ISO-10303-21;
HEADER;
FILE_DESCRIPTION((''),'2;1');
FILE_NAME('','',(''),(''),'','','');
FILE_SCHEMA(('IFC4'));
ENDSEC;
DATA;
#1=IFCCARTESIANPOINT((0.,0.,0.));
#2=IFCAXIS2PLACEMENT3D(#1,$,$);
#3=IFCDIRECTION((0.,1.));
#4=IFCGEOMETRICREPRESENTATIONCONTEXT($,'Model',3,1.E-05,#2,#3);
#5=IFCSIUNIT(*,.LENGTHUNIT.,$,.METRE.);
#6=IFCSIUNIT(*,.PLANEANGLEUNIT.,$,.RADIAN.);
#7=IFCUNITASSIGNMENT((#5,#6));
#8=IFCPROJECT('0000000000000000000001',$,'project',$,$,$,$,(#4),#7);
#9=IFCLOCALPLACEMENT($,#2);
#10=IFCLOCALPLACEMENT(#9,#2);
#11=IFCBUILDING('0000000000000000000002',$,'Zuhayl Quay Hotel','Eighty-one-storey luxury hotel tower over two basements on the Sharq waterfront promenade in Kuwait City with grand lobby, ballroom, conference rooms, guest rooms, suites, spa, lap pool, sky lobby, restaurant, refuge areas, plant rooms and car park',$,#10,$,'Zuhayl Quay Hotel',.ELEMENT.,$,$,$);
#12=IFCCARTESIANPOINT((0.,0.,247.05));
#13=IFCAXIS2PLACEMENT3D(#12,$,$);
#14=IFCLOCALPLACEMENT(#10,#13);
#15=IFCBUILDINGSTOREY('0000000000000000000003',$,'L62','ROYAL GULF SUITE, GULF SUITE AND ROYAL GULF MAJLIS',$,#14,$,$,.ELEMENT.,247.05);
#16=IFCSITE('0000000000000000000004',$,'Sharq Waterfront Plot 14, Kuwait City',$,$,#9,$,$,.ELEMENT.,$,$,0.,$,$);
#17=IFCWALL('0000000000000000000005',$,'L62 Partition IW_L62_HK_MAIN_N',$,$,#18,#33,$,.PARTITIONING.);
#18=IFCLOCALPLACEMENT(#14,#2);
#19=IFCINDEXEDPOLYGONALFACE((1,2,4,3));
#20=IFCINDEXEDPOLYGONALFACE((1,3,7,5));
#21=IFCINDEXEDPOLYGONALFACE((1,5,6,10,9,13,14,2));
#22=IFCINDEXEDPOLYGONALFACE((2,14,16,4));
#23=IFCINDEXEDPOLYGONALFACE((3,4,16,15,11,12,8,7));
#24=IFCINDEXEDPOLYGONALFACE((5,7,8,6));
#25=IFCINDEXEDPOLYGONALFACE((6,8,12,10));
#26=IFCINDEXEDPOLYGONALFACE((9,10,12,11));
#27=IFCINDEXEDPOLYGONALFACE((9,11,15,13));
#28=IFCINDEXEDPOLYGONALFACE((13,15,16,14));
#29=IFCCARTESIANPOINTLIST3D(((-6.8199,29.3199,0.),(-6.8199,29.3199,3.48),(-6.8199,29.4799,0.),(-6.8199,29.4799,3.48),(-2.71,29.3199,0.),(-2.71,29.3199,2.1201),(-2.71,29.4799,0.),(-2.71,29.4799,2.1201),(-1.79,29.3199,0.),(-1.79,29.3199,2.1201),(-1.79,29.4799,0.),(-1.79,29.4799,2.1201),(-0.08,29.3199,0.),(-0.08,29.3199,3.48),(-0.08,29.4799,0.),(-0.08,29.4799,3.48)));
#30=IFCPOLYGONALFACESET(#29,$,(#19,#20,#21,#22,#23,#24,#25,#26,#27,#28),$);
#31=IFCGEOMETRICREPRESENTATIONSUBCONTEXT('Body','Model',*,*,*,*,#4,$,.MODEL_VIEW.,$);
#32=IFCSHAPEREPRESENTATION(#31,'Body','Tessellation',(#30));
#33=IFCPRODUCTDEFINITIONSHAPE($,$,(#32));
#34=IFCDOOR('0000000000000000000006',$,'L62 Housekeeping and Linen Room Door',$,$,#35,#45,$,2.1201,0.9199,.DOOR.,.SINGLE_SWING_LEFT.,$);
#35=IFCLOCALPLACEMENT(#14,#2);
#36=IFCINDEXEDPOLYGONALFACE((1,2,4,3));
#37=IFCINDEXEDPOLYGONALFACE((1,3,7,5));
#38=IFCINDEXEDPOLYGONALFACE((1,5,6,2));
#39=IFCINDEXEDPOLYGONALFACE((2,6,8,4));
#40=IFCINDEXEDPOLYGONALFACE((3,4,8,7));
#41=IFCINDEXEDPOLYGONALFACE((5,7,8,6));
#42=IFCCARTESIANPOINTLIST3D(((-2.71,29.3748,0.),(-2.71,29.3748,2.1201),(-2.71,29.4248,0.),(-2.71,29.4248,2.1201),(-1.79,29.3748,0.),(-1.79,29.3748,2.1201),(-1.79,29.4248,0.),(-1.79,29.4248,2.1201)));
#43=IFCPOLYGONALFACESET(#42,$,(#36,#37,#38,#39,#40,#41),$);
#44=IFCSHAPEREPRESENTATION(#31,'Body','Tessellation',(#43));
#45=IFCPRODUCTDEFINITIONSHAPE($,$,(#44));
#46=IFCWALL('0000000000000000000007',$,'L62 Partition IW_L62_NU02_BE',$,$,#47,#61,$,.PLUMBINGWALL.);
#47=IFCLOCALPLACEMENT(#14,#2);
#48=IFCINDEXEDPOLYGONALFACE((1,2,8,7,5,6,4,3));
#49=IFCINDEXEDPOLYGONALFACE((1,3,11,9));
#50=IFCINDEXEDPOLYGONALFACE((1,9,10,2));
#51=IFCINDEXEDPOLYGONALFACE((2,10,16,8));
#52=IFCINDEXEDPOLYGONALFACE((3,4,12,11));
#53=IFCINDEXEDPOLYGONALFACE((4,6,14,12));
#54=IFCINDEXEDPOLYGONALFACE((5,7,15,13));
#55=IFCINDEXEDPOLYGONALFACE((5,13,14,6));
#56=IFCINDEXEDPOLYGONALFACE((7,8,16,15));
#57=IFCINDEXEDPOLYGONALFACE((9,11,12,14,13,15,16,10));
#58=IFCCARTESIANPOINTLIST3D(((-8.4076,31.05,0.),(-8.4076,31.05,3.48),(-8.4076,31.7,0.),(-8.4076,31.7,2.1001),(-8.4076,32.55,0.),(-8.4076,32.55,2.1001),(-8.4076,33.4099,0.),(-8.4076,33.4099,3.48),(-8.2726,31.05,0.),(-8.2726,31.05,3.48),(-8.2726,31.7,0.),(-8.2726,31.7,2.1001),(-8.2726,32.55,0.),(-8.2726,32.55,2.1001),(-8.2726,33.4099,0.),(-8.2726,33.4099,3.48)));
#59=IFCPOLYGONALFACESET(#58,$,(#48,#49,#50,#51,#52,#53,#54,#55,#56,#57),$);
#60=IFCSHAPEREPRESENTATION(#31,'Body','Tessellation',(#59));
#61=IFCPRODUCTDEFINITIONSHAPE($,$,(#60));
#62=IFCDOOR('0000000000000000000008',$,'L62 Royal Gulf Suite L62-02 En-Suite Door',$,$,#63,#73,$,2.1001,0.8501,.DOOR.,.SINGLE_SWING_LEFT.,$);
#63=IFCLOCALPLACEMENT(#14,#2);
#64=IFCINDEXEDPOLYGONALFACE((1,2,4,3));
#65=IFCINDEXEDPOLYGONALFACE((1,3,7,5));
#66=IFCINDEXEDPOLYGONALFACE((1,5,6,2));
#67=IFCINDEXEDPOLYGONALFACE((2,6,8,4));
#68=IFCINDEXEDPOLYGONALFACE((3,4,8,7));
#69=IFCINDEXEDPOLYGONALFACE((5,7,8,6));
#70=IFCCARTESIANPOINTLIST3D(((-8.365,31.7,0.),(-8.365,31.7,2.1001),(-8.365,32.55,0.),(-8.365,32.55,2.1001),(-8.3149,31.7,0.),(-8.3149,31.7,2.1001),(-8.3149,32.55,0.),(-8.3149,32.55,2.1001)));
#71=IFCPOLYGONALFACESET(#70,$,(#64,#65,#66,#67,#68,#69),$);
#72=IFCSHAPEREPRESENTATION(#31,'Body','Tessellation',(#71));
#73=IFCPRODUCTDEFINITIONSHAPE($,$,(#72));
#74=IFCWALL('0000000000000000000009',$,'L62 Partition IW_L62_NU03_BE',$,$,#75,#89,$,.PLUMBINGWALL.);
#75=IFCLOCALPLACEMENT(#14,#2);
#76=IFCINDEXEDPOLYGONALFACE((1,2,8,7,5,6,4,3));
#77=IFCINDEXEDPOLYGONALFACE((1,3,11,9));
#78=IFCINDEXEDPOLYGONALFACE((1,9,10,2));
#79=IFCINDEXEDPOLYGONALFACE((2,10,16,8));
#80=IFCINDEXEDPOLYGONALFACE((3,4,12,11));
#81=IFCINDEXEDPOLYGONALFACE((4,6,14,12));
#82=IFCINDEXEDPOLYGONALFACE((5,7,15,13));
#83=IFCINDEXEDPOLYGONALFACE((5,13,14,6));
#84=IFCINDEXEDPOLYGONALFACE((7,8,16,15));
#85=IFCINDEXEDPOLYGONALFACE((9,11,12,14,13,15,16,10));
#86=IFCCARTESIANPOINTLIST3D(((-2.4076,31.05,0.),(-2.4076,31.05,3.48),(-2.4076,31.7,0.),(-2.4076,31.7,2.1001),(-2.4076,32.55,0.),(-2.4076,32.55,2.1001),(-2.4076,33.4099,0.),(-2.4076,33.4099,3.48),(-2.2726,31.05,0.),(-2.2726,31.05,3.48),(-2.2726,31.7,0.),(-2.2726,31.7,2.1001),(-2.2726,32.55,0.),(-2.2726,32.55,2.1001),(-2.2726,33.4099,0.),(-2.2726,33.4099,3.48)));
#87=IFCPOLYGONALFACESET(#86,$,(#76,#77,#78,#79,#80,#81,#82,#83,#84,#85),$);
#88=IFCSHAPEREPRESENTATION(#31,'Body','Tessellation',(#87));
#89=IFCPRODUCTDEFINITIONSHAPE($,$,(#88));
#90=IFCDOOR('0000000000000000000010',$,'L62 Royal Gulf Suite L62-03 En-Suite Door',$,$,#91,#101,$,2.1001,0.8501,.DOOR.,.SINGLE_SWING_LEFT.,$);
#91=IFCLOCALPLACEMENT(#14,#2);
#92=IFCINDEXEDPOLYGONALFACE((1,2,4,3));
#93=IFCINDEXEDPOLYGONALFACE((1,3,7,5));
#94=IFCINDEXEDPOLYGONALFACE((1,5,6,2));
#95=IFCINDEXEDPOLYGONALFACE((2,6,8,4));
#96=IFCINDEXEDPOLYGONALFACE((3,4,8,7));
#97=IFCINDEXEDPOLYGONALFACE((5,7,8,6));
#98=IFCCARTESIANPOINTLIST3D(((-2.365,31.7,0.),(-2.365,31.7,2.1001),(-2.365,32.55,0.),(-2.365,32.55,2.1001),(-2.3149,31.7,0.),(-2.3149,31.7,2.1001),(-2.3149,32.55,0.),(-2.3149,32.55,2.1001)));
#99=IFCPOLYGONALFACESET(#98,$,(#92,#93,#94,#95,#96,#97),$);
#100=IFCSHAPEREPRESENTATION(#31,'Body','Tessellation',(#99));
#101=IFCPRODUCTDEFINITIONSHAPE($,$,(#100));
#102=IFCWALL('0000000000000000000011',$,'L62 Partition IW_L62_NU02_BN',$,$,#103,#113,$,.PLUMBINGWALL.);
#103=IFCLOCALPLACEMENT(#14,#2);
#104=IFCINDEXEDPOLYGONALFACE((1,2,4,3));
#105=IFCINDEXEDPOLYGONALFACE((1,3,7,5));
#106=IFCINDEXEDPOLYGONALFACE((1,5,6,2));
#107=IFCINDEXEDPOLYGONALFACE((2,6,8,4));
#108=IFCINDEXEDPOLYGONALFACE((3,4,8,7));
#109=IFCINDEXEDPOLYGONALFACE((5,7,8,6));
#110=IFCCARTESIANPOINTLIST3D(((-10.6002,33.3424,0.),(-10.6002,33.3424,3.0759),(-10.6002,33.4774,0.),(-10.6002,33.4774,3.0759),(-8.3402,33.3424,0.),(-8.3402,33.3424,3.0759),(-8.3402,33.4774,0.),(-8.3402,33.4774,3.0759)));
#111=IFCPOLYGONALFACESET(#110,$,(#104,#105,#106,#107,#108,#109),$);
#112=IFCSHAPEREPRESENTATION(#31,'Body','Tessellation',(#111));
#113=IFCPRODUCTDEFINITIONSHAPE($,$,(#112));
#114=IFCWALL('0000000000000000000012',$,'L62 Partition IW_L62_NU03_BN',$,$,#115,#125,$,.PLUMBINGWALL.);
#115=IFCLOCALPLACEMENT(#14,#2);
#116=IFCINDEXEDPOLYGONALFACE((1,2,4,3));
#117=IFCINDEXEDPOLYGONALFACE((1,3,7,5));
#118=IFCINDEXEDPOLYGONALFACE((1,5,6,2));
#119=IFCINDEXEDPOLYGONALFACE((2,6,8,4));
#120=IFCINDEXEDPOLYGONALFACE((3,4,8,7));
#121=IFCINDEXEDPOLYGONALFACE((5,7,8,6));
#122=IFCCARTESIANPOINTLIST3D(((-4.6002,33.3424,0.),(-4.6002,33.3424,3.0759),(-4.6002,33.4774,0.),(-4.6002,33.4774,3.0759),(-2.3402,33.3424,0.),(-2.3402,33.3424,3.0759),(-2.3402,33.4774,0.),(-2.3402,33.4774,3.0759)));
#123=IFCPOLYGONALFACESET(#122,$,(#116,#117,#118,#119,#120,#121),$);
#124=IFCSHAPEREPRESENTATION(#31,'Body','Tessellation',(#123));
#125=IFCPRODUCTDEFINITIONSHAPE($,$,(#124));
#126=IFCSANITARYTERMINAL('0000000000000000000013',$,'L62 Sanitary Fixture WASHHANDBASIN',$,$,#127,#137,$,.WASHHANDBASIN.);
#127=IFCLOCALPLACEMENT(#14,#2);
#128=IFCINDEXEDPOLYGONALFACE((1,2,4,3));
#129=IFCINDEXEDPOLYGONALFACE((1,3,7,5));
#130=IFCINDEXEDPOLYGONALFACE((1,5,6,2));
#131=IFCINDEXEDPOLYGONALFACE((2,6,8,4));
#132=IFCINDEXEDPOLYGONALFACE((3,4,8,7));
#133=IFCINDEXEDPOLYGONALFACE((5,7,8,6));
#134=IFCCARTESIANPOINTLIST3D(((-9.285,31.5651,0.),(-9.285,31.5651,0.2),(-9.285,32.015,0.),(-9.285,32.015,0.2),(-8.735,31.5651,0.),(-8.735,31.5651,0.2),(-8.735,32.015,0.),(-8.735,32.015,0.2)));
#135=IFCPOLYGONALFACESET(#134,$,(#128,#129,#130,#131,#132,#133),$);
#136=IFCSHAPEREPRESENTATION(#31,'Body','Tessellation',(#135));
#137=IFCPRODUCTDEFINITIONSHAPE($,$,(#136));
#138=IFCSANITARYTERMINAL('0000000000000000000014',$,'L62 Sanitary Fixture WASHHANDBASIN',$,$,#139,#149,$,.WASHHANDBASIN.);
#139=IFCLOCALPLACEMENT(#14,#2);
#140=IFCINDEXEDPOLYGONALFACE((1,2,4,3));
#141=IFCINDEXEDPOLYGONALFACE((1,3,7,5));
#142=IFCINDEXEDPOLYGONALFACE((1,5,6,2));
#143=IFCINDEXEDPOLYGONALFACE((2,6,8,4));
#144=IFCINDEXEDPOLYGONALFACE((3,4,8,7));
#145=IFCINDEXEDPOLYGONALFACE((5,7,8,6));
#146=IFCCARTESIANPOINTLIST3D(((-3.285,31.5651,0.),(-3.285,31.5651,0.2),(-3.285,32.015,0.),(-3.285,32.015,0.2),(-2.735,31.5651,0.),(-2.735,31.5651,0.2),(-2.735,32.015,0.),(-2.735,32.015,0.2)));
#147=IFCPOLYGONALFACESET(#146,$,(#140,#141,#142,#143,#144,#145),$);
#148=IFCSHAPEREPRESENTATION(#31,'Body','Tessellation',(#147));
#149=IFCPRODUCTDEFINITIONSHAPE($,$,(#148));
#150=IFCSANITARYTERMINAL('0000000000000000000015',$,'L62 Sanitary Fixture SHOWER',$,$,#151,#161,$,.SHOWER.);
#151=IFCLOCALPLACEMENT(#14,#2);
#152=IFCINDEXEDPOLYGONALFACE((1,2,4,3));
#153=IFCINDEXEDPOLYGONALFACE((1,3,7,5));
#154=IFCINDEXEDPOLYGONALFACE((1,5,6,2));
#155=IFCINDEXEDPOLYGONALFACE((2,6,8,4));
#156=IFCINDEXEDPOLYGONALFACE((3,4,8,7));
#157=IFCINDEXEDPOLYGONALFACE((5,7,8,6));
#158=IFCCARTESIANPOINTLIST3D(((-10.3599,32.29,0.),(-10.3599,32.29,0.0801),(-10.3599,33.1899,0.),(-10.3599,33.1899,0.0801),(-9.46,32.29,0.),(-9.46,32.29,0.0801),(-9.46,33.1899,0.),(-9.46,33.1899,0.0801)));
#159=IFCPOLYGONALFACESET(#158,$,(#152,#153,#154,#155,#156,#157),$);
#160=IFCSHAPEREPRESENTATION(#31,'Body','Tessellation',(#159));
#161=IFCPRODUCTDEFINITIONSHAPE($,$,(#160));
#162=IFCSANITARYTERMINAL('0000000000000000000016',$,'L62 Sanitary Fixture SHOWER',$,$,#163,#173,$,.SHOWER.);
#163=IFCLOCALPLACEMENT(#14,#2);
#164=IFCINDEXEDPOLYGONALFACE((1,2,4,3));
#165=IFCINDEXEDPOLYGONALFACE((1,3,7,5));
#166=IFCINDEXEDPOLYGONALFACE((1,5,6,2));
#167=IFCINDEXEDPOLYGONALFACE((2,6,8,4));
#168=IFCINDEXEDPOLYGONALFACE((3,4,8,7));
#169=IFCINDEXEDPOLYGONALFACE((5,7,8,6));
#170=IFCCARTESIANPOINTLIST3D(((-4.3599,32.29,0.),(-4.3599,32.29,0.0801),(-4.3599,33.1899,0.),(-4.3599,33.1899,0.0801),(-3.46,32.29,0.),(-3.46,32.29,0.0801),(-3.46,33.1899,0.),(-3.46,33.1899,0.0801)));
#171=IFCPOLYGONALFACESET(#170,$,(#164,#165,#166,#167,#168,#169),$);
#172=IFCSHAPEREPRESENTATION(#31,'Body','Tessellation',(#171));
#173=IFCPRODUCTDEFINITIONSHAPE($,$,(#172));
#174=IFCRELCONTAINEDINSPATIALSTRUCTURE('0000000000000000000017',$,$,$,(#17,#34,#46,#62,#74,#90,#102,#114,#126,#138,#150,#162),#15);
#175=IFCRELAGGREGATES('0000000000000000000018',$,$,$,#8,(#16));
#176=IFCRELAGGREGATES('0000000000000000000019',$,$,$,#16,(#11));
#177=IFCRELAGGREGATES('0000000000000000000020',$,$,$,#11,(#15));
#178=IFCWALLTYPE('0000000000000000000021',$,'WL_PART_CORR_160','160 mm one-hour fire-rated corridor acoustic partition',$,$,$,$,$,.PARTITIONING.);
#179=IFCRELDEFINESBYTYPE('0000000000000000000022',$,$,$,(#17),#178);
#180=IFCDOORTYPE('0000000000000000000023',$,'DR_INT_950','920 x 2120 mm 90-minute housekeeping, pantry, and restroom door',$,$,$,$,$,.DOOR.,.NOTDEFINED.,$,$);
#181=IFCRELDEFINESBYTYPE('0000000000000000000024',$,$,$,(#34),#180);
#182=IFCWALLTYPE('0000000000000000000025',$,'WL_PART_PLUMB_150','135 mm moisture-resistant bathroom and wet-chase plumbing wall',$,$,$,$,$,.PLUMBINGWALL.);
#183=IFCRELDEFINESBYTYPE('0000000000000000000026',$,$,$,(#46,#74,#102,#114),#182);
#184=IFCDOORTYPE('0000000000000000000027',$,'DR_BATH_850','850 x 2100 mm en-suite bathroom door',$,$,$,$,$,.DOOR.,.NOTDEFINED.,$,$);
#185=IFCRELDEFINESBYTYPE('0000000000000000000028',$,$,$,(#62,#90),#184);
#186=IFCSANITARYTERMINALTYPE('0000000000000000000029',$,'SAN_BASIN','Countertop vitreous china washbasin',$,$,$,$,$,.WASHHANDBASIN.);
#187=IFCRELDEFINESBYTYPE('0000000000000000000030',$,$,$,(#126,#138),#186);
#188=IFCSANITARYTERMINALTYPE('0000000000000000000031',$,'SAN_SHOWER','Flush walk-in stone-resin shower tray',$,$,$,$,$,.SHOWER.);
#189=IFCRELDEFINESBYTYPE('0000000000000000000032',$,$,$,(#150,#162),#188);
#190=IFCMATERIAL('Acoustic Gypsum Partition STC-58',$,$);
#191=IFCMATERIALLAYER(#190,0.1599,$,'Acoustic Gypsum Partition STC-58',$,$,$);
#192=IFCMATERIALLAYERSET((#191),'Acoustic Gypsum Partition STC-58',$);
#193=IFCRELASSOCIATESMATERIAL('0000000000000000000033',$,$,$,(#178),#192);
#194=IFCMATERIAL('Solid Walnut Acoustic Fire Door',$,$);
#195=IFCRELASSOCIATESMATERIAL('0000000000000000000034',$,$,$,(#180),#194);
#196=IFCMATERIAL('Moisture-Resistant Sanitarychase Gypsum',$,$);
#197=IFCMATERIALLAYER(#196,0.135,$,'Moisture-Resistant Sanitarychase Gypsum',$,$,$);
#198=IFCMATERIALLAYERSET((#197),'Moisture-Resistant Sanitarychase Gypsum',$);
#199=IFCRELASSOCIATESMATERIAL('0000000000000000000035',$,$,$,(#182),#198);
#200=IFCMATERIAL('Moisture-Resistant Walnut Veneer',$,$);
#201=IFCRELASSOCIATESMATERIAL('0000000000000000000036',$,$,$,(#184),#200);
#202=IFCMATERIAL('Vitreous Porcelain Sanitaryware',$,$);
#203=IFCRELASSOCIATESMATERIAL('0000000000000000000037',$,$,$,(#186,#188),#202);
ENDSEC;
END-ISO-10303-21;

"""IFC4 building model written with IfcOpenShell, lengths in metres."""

from ifc_helpers import new_model, si_unit, direction, frame, frame_2d, origin, origin_2d, place, context, subcontext, project, spatial, rectangle, extrude, material, layer, layer_set, type_object, element, fill, save


model = new_model("IFC4")

# Units and contexts
model_context = context("Model", 3, precision=1e-05, world=origin(), true_north=direction((0.0, 1.0)))
body_context = subcontext(model_context, "Body", "Model", "MODEL_VIEW")
ifc_project = project(units=[si_unit("LENGTHUNIT", "METRE"), si_unit("PLANEANGLEUNIT", "RADIAN")], contexts=[model_context])

# Site, building, storey
site_placement = place(None, origin())
site = spatial("IfcSite", under=ifc_project, at=site_placement, Name="Sharq Waterfront Plot 14, Kuwait City", CompositionType="ELEMENT", RefElevation=0.0)
building_placement = place(site_placement, origin())
building = spatial("IfcBuilding", under=site, at=building_placement, Name="Zuhayl Quay Hotel", Description="Eighty-one-storey luxury hotel tower over two basements on the Sharq waterfront promenade in Kuwait City with grand lobby, ballroom, conference rooms, guest rooms, suites, spa, lap pool, sky lobby, restaurant, refuge areas, plant rooms and car park", LongName="Zuhayl Quay Hotel", CompositionType="ELEMENT")
storey_placement = place(building_placement, frame((0.0, 0.0, 247.05)))
storey = spatial("IfcBuildingStorey", under=building, at=storey_placement, Name="L62", Description="ROYAL GULF SUITE, GULF SUITE AND ROYAL GULF MAJLIS", CompositionType="ELEMENT", Elevation=247.05)

# Shared definitions
ifc_material_1 = material(Name="Acoustic Gypsum Partition STC-58")

# Walls, openings, doors
ifc_layer_1 = layer(ifc_material_1, 0.1599, Name="Acoustic Gypsum Partition STC-58")
ifc_layer_set_1 = layer_set([ifc_layer_1], Name="Acoustic Gypsum Partition STC-58")
wall_type_1 = type_object("IfcWallType", Name="WL_PART_CORR_160", Description="160 mm one-hour fire-rated corridor acoustic partition", PredefinedType="PARTITIONING", material=ifc_layer_set_1)
ifc_material_2 = material(Name="Solid Walnut Acoustic Fire Door")
wall_1_placement = place(storey_placement, frame((-6.8201, 29.3999, 0.0), z_axis=(0.0, 0.0, 1.0), x_axis=(1.0, 0.0, 0.0)))
wall_1 = element("IfcWall", 1, at=wall_1_placement, inside=storey, type_object=wall_type_1, Name="L62 Partition IW_L62_HK_MAIN_N", PredefinedType="PARTITIONING", context=body_context, shape_type="SweptSolid", body=[
    extrude(rectangle(XDim=6.74, YDim=0.1599, at=frame_2d((3.3701, 0.0))), origin(), (0.0, 0.0, 1.0), 3.48),
])
opening_1_placement = place(wall_1_placement, frame((4.1101, 0.0, 0.0)))
opening_1 = element("IfcOpeningElement", 2, at=opening_1_placement, cuts=wall_1, PredefinedType="OPENING", context=body_context, shape_type="SweptSolid", body=[
    extrude(rectangle(XDim=0.9199, YDim=2.1201, at=frame_2d((0.46, 1.0601))), frame((0.0, 0.0898, 0.0), z_axis=(0.0, -1.0, 0.0), x_axis=(1.0, 0.0, 0.0)), (0.0, 0.0, 1.0), 0.1799),
])
door_type_1 = type_object("IfcDoorType", Name="DR_INT_950", Description="920 x 2120 mm 90-minute housekeeping, pantry, and restroom door", OperationType="NOTDEFINED", PredefinedType="DOOR", material=ifc_material_2)
door_1_placement = place(opening_1_placement, origin())
door_1 = element("IfcDoor", 3, at=door_1_placement, inside=storey, type_object=door_type_1, Name="L62 Housekeeping and Linen Room Door", OperationType="SINGLE_SWING_LEFT", OverallHeight=2.1201, OverallWidth=0.9199, PredefinedType="DOOR", context=body_context, shape_type="SweptSolid", body=[
    extrude(rectangle(XDim=0.9199, YDim=2.1201, at=frame_2d((0.46, 1.0601))), frame((0.0, 0.0249, 0.0), z_axis=(0.0, -1.0, 0.0), x_axis=(1.0, 0.0, 0.0)), (0.0, 0.0, 1.0), 0.05),
])
fill(opening_1, door_1)
ifc_material_3 = material(Name="Moisture-Resistant Sanitarychase Gypsum")
ifc_layer_2 = layer(ifc_material_3, 0.135, Name="Moisture-Resistant Sanitarychase Gypsum")
ifc_layer_set_2 = layer_set([ifc_layer_2], Name="Moisture-Resistant Sanitarychase Gypsum")
wall_type_2 = type_object("IfcWallType", Name="WL_PART_PLUMB_150", Description="135 mm moisture-resistant bathroom and wet-chase plumbing wall", PredefinedType="PLUMBINGWALL", material=ifc_layer_set_2)
wall_2_placement = place(storey_placement, frame((-8.3401, 31.05, 0.0), z_axis=(0.0, 0.0, 1.0), x_axis=(0.0, 1.0, 0.0)))
wall_2 = element("IfcWall", 4, at=wall_2_placement, inside=storey, type_object=wall_type_2, Name="L62 Partition IW_L62_NU02_BE", PredefinedType="PLUMBINGWALL", context=body_context, shape_type="SweptSolid", body=[
    extrude(rectangle(XDim=2.3599, YDim=0.135, at=frame_2d((1.1799, 0.0))), origin(), (0.0, 0.0, 1.0), 3.48),
])
opening_2_placement = place(wall_2_placement, frame((0.6499, 0.0, 0.0)))
opening_2 = element("IfcOpeningElement", 5, at=opening_2_placement, cuts=wall_2, PredefinedType="OPENING", context=body_context, shape_type="SweptSolid", body=[
    extrude(rectangle(XDim=0.8501, YDim=2.1001, at=frame_2d((0.425, 1.05))), frame((0.0, 0.0774, 0.0), z_axis=(0.0, -1.0, 0.0), x_axis=(1.0, 0.0, 0.0)), (0.0, 0.0, 1.0), 0.155),
])
ifc_material_4 = material(Name="Moisture-Resistant Walnut Veneer")
door_type_2 = type_object("IfcDoorType", Name="DR_BATH_850", Description="850 x 2100 mm en-suite bathroom door", OperationType="NOTDEFINED", PredefinedType="DOOR", material=ifc_material_4)
door_2_placement = place(opening_2_placement, origin())
door_2 = element("IfcDoor", 6, at=door_2_placement, inside=storey, type_object=door_type_2, Name="L62 Royal Gulf Suite L62-02 En-Suite Door", OperationType="SINGLE_SWING_LEFT", OverallHeight=2.1001, OverallWidth=0.8501, PredefinedType="DOOR", context=body_context, shape_type="SweptSolid", body=[
    extrude(rectangle(XDim=0.8501, YDim=2.1001, at=frame_2d((0.425, 1.05))), frame((0.0, 0.0249, 0.0), z_axis=(0.0, -1.0, 0.0), x_axis=(1.0, 0.0, 0.0)), (0.0, 0.0, 1.0), 0.05),
])
fill(opening_2, door_2)
wall_3_placement = place(storey_placement, frame((-2.3401, 31.05, 0.0), z_axis=(0.0, 0.0, 1.0), x_axis=(0.0, 1.0, 0.0)))
wall_3 = element("IfcWall", 7, at=wall_3_placement, inside=storey, type_object=wall_type_2, Name="L62 Partition IW_L62_NU03_BE", PredefinedType="PLUMBINGWALL", context=body_context, shape_type="SweptSolid", body=[
    extrude(rectangle(XDim=2.3599, YDim=0.135, at=frame_2d((1.1799, 0.0))), origin(), (0.0, 0.0, 1.0), 3.48),
])
opening_3_placement = place(wall_3_placement, frame((0.6499, 0.0, 0.0)))
opening_3 = element("IfcOpeningElement", 8, at=opening_3_placement, cuts=wall_3, PredefinedType="OPENING", context=body_context, shape_type="SweptSolid", body=[
    extrude(rectangle(XDim=0.8501, YDim=2.1001, at=frame_2d((0.425, 1.05))), frame((0.0, 0.0774, 0.0), z_axis=(0.0, -1.0, 0.0), x_axis=(1.0, 0.0, 0.0)), (0.0, 0.0, 1.0), 0.155),
])
door_3_placement = place(opening_3_placement, origin())
door_3 = element("IfcDoor", 9, at=door_3_placement, inside=storey, type_object=door_type_2, Name="L62 Royal Gulf Suite L62-03 En-Suite Door", OperationType="SINGLE_SWING_LEFT", OverallHeight=2.1001, OverallWidth=0.8501, PredefinedType="DOOR", context=body_context, shape_type="SweptSolid", body=[
    extrude(rectangle(XDim=0.8501, YDim=2.1001, at=frame_2d((0.425, 1.05))), frame((0.0, 0.0249, 0.0), z_axis=(0.0, -1.0, 0.0), x_axis=(1.0, 0.0, 0.0)), (0.0, 0.0, 1.0), 0.05),
])
fill(opening_3, door_3)

# Walls
for number, where, z_axis, x_axis, name in (
    (10, (-10.6001, 33.4099, 0.0), (0.0, 0.0, 1.0), (1.0, 0.0, 0.0), "L62 Partition IW_L62_NU02_BN"),
    (11, (-4.6001, 33.4099, 0.0), (0.0, 0.0, 1.0), (1.0, 0.0, 0.0), "L62 Partition IW_L62_NU03_BN"),
):
    element("IfcWall", number, at=place(storey_placement, frame(where, z_axis=z_axis, x_axis=x_axis)), inside=storey, type_object=wall_type_2, Name=name, PredefinedType="PLUMBINGWALL", context=body_context, shape_type="SweptSolid", body=[
        extrude(rectangle(XDim=2.26, YDim=0.135, at=frame_2d((1.1299, 0.0))), origin(), (0.0, 0.0, 1.0), 3.0759),
    ])

# Sanitary terminals
ifc_material_5 = material(Name="Vitreous Porcelain Sanitaryware")
sanitary_terminal_type_1 = type_object("IfcSanitaryTerminalType", Name="SAN_BASIN", Description="Countertop vitreous china washbasin", PredefinedType="WASHHANDBASIN", material=ifc_material_5)
for number, where, z_axis, x_axis, name in (
    (12, (-9.01, 31.79, 0.0), (0.0, 0.0, 1.0), (1.0, 0.0, 0.0), "L62 Sanitary Fixture WASHHANDBASIN"),
    (13, (-3.01, 31.79, 0.0), (0.0, 0.0, 1.0), (1.0, 0.0, 0.0), "L62 Sanitary Fixture WASHHANDBASIN"),
):
    element("IfcSanitaryTerminal", number, at=place(storey_placement, frame(where, z_axis=z_axis, x_axis=x_axis)), inside=storey, type_object=sanitary_terminal_type_1, Name=name, PredefinedType="WASHHANDBASIN", context=body_context, shape_type="SweptSolid", body=[
        extrude(rectangle(XDim=0.55, YDim=0.45, at=origin_2d()), origin(), (0.0, 0.0, 1.0), 0.2),
    ])
sanitary_terminal_type_2 = type_object("IfcSanitaryTerminalType", Name="SAN_SHOWER", Description="Flush walk-in stone-resin shower tray", PredefinedType="SHOWER", material=ifc_material_5)
for number, where, z_axis, x_axis, name in (
    (14, (-9.9099, 32.74, 0.0), (0.0, 0.0, 1.0), (1.0, 0.0, 0.0), "L62 Sanitary Fixture SHOWER"),
    (15, (-3.9099, 32.74, 0.0), (0.0, 0.0, 1.0), (1.0, 0.0, 0.0), "L62 Sanitary Fixture SHOWER"),
):
    element("IfcSanitaryTerminal", number, at=place(storey_placement, frame(where, z_axis=z_axis, x_axis=x_axis)), inside=storey, type_object=sanitary_terminal_type_2, Name=name, PredefinedType="SHOWER", context=body_context, shape_type="SweptSolid", body=[
        extrude(rectangle(XDim=0.8999, YDim=0.8999, at=origin_2d()), origin(), (0.0, 0.0, 1.0), 0.0801),
    ])

save(model, "model.ifc")
